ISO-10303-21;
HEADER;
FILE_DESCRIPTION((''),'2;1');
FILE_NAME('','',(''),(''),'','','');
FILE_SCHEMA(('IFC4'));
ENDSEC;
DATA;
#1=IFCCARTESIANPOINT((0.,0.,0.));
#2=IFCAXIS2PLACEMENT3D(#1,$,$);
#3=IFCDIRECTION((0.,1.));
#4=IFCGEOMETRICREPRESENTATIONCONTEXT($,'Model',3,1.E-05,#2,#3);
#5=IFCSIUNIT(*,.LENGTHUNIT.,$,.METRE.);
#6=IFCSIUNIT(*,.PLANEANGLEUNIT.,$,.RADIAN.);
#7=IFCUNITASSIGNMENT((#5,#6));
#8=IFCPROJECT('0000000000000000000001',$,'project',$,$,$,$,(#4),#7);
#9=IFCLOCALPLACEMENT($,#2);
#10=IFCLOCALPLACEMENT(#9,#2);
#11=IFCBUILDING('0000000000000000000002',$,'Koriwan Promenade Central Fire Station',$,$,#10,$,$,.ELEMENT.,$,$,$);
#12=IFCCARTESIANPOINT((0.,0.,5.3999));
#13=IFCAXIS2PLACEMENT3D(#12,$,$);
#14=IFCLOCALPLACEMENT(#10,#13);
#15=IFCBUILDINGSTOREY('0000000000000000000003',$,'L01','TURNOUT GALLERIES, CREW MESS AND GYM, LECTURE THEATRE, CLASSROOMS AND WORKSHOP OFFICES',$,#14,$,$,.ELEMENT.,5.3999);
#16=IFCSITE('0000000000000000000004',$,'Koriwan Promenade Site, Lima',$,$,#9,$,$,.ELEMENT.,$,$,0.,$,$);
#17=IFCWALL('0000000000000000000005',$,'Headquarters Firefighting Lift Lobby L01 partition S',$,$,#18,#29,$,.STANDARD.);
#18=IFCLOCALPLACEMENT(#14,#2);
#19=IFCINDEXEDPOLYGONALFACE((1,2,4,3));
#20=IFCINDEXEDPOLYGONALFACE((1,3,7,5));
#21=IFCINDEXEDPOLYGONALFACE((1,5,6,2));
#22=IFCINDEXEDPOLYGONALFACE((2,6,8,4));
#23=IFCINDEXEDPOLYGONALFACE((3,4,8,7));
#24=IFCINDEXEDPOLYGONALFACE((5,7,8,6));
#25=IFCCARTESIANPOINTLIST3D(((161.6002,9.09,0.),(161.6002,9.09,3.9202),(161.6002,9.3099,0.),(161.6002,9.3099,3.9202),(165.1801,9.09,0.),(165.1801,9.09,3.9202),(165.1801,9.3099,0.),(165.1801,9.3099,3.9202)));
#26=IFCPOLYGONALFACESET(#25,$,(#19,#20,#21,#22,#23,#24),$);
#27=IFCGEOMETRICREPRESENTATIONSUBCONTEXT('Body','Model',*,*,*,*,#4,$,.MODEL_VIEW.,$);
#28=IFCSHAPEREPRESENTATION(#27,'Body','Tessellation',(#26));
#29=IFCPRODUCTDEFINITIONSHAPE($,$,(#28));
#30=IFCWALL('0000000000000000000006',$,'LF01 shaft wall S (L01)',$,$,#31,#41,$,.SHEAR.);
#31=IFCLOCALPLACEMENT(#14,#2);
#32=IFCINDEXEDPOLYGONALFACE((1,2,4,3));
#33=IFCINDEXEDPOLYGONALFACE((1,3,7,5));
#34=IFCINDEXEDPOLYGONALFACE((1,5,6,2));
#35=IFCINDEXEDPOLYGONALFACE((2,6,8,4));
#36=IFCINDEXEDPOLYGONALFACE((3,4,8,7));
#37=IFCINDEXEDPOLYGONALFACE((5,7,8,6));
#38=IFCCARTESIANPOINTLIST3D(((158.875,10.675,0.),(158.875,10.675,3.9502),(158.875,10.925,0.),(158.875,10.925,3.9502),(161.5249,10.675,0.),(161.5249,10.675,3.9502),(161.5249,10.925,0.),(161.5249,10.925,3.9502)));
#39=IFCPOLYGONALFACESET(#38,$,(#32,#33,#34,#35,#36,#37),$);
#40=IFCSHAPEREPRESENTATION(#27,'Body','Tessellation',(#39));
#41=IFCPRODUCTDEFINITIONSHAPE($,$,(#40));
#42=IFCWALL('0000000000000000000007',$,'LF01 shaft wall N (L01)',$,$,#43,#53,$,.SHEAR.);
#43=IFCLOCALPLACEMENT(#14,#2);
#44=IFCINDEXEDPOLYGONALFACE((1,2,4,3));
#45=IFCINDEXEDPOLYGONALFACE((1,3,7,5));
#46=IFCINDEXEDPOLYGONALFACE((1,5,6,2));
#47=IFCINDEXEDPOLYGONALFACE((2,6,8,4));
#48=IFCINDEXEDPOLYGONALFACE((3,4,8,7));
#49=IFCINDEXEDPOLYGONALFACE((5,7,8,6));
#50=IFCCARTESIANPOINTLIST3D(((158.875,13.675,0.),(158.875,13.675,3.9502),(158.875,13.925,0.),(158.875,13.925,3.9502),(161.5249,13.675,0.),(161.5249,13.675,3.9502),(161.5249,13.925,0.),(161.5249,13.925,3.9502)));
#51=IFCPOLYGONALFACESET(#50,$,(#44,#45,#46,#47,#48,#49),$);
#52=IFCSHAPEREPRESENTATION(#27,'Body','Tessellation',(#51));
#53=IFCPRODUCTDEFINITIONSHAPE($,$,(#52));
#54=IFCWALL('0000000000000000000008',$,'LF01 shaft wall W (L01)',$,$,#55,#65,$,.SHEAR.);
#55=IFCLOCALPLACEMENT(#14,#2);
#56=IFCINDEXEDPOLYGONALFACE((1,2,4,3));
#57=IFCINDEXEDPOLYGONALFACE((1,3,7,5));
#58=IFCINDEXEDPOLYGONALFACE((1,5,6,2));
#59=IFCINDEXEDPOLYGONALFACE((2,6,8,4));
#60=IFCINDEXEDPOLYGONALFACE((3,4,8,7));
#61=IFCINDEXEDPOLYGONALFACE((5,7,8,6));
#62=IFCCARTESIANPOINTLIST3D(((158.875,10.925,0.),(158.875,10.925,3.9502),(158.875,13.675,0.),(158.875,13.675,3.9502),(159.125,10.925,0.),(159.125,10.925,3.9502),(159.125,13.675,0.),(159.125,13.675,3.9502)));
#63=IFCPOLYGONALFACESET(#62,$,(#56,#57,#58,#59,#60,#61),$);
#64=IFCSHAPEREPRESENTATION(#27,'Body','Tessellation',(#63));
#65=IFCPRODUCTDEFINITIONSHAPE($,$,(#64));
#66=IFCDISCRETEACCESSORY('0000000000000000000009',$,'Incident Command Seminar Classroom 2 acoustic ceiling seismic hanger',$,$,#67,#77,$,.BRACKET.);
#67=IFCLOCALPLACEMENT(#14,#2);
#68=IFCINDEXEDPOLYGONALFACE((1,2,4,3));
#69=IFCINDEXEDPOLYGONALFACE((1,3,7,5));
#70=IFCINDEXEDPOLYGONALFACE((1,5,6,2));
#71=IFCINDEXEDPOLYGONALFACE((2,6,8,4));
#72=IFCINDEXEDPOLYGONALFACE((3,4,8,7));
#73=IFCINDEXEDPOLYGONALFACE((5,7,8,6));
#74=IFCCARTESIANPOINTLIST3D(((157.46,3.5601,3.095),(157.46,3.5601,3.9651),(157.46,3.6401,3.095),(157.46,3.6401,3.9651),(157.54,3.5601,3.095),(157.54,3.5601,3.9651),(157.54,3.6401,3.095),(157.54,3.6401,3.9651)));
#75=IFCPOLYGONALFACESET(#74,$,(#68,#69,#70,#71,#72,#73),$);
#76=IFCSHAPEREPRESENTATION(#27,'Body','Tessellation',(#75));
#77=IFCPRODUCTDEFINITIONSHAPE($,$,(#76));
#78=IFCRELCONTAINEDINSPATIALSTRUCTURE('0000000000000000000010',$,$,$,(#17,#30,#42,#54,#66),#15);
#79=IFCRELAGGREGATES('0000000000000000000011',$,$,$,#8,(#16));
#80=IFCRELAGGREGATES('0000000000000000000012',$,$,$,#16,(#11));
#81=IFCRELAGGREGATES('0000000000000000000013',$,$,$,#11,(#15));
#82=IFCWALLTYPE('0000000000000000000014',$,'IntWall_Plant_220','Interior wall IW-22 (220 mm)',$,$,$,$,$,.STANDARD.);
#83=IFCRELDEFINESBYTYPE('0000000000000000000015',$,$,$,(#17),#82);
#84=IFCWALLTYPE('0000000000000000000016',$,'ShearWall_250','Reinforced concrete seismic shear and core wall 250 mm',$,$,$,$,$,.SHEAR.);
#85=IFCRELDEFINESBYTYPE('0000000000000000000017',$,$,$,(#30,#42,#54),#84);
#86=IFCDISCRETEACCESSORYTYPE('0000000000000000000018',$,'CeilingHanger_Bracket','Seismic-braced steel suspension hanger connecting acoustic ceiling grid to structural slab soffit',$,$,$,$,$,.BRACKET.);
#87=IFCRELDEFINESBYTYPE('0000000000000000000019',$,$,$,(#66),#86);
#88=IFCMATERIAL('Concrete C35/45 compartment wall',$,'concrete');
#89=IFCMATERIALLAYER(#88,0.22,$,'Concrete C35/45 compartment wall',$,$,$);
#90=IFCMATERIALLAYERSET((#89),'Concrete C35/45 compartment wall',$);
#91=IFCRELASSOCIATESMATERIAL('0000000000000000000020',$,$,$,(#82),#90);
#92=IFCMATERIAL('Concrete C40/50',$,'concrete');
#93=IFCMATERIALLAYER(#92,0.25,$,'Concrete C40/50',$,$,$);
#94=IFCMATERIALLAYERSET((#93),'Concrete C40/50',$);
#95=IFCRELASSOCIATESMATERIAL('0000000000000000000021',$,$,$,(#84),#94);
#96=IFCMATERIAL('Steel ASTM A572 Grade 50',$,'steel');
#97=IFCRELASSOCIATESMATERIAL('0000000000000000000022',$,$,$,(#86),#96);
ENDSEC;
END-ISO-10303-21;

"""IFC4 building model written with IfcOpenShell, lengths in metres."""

from ifc_helpers import new_model, si_unit, direction, frame, frame_2d, origin, origin_2d, place, context, subcontext, project, spatial, rectangle, extrude, material, layer, layer_set, type_object, element, save


model = new_model("IFC4")

# Units and contexts
model_context = context("Model", 3, precision=1e-05, world=origin(), true_north=direction((0.0, 1.0)))
body_context = subcontext(model_context, "Body", "Model", "MODEL_VIEW")
ifc_project = project(units=[si_unit("LENGTHUNIT", "METRE"), si_unit("PLANEANGLEUNIT", "RADIAN")], contexts=[model_context])

# Site, building, storey
site_placement = place(None, origin())
site = spatial("IfcSite", under=ifc_project, at=site_placement, Name="Koriwan Promenade Site, Lima", CompositionType="ELEMENT", RefElevation=0.0)
building_placement = place(site_placement, origin())
building = spatial("IfcBuilding", under=site, at=building_placement, Name="Koriwan Promenade Central Fire Station", CompositionType="ELEMENT")
storey_placement = place(building_placement, frame((0.0, 0.0, 5.3999)))
storey = spatial("IfcBuildingStorey", under=building, at=storey_placement, Name="L01", Description="TURNOUT GALLERIES, CREW MESS AND GYM, LECTURE THEATRE, CLASSROOMS AND WORKSHOP OFFICES", CompositionType="ELEMENT", Elevation=5.3999)

# Shared definitions
ifc_material_1 = material(Name="Concrete C40/50", Category="concrete")

# Walls
ifc_material_2 = material(Name="Concrete C35/45 compartment wall", Category="concrete")
ifc_layer_1 = layer(ifc_material_2, 0.22, Name="Concrete C35/45 compartment wall")
ifc_layer_set_1 = layer_set([ifc_layer_1], Name="Concrete C35/45 compartment wall")
wall_type_1 = type_object("IfcWallType", Name="IntWall_Plant_220", Description="Interior wall IW-22 (220 mm)", PredefinedType="STANDARD", material=ifc_layer_set_1)
wall_1_placement = place(storey_placement, frame((161.6001, 9.2, 0.0), z_axis=(0.0, 0.0, 1.0), x_axis=(1.0, 0.0, 0.0)))
element("IfcWall", 1, at=wall_1_placement, inside=storey, type_object=wall_type_1, Name="Headquarters Firefighting Lift Lobby L01 partition S", PredefinedType="STANDARD", context=body_context, shape_type="SweptSolid", body=[
    extrude(rectangle(XDim=3.5798, YDim=0.22, at=frame_2d((1.79, 0.0))), origin(), (0.0, 0.0, 1.0), 3.9202),
])
ifc_layer_2 = layer(ifc_material_1, 0.25, Name="Concrete C40/50")
ifc_layer_set_2 = layer_set([ifc_layer_2], Name="Concrete C40/50")
wall_type_2 = type_object("IfcWallType", Name="ShearWall_250", Description="Reinforced concrete seismic shear and core wall 250 mm", PredefinedType="SHEAR", material=ifc_layer_set_2)
for number, where, z_axis, x_axis, name in (
    (2, (158.875, 10.8, 0.0), (0.0, 0.0, 1.0), (1.0, 0.0, 0.0), "LF01 shaft wall S (L01)"),
    (3, (158.875, 13.8, 0.0), (0.0, 0.0, 1.0), (1.0, 0.0, 0.0), "LF01 shaft wall N (L01)"),
):
    element("IfcWall", number, at=place(storey_placement, frame(where, z_axis=z_axis, x_axis=x_axis)), inside=storey, type_object=wall_type_2, Name=name, PredefinedType="SHEAR", context=body_context, shape_type="SweptSolid", body=[
        extrude(rectangle(XDim=2.6499, YDim=0.25, at=frame_2d((1.325, 0.0))), origin(), (0.0, 0.0, 1.0), 3.9502),
    ])
wall_2_placement = place(storey_placement, frame((159.0, 10.925, 0.0), z_axis=(0.0, 0.0, 1.0), x_axis=(0.0, 1.0, 0.0)))
element("IfcWall", 4, at=wall_2_placement, inside=storey, type_object=wall_type_2, Name="LF01 shaft wall W (L01)", PredefinedType="SHEAR", context=body_context, shape_type="SweptSolid", body=[
    extrude(rectangle(XDim=2.75, YDim=0.25, at=frame_2d((1.375, 0.0))), origin(), (0.0, 0.0, 1.0), 3.9502),
])

# Discrete accessory
ifc_material_3 = material(Name="Steel ASTM A572 Grade 50", Category="steel")
discrete_accessory_type = type_object("IfcDiscreteAccessoryType", Name="CeilingHanger_Bracket", Description="Seismic-braced steel suspension hanger connecting acoustic ceiling grid to structural slab soffit", PredefinedType="BRACKET", material=ifc_material_3)
discrete_accessory_placement = place(storey_placement, frame((157.5, 3.6001, 3.095), z_axis=(0.0, 0.0, 1.0), x_axis=(1.0, 0.0, 0.0)))
element("IfcDiscreteAccessory", 5, at=discrete_accessory_placement, inside=storey, type_object=discrete_accessory_type, Name="Incident Command Seminar Classroom 2 acoustic ceiling seismic hanger", PredefinedType="BRACKET", context=body_context, shape_type="SweptSolid", body=[
    extrude(rectangle(XDim=0.0801, YDim=0.0801, at=origin_2d()), origin(), (0.0, 0.0, 1.0), 0.8701),
])

save(model, "model.ifc")
